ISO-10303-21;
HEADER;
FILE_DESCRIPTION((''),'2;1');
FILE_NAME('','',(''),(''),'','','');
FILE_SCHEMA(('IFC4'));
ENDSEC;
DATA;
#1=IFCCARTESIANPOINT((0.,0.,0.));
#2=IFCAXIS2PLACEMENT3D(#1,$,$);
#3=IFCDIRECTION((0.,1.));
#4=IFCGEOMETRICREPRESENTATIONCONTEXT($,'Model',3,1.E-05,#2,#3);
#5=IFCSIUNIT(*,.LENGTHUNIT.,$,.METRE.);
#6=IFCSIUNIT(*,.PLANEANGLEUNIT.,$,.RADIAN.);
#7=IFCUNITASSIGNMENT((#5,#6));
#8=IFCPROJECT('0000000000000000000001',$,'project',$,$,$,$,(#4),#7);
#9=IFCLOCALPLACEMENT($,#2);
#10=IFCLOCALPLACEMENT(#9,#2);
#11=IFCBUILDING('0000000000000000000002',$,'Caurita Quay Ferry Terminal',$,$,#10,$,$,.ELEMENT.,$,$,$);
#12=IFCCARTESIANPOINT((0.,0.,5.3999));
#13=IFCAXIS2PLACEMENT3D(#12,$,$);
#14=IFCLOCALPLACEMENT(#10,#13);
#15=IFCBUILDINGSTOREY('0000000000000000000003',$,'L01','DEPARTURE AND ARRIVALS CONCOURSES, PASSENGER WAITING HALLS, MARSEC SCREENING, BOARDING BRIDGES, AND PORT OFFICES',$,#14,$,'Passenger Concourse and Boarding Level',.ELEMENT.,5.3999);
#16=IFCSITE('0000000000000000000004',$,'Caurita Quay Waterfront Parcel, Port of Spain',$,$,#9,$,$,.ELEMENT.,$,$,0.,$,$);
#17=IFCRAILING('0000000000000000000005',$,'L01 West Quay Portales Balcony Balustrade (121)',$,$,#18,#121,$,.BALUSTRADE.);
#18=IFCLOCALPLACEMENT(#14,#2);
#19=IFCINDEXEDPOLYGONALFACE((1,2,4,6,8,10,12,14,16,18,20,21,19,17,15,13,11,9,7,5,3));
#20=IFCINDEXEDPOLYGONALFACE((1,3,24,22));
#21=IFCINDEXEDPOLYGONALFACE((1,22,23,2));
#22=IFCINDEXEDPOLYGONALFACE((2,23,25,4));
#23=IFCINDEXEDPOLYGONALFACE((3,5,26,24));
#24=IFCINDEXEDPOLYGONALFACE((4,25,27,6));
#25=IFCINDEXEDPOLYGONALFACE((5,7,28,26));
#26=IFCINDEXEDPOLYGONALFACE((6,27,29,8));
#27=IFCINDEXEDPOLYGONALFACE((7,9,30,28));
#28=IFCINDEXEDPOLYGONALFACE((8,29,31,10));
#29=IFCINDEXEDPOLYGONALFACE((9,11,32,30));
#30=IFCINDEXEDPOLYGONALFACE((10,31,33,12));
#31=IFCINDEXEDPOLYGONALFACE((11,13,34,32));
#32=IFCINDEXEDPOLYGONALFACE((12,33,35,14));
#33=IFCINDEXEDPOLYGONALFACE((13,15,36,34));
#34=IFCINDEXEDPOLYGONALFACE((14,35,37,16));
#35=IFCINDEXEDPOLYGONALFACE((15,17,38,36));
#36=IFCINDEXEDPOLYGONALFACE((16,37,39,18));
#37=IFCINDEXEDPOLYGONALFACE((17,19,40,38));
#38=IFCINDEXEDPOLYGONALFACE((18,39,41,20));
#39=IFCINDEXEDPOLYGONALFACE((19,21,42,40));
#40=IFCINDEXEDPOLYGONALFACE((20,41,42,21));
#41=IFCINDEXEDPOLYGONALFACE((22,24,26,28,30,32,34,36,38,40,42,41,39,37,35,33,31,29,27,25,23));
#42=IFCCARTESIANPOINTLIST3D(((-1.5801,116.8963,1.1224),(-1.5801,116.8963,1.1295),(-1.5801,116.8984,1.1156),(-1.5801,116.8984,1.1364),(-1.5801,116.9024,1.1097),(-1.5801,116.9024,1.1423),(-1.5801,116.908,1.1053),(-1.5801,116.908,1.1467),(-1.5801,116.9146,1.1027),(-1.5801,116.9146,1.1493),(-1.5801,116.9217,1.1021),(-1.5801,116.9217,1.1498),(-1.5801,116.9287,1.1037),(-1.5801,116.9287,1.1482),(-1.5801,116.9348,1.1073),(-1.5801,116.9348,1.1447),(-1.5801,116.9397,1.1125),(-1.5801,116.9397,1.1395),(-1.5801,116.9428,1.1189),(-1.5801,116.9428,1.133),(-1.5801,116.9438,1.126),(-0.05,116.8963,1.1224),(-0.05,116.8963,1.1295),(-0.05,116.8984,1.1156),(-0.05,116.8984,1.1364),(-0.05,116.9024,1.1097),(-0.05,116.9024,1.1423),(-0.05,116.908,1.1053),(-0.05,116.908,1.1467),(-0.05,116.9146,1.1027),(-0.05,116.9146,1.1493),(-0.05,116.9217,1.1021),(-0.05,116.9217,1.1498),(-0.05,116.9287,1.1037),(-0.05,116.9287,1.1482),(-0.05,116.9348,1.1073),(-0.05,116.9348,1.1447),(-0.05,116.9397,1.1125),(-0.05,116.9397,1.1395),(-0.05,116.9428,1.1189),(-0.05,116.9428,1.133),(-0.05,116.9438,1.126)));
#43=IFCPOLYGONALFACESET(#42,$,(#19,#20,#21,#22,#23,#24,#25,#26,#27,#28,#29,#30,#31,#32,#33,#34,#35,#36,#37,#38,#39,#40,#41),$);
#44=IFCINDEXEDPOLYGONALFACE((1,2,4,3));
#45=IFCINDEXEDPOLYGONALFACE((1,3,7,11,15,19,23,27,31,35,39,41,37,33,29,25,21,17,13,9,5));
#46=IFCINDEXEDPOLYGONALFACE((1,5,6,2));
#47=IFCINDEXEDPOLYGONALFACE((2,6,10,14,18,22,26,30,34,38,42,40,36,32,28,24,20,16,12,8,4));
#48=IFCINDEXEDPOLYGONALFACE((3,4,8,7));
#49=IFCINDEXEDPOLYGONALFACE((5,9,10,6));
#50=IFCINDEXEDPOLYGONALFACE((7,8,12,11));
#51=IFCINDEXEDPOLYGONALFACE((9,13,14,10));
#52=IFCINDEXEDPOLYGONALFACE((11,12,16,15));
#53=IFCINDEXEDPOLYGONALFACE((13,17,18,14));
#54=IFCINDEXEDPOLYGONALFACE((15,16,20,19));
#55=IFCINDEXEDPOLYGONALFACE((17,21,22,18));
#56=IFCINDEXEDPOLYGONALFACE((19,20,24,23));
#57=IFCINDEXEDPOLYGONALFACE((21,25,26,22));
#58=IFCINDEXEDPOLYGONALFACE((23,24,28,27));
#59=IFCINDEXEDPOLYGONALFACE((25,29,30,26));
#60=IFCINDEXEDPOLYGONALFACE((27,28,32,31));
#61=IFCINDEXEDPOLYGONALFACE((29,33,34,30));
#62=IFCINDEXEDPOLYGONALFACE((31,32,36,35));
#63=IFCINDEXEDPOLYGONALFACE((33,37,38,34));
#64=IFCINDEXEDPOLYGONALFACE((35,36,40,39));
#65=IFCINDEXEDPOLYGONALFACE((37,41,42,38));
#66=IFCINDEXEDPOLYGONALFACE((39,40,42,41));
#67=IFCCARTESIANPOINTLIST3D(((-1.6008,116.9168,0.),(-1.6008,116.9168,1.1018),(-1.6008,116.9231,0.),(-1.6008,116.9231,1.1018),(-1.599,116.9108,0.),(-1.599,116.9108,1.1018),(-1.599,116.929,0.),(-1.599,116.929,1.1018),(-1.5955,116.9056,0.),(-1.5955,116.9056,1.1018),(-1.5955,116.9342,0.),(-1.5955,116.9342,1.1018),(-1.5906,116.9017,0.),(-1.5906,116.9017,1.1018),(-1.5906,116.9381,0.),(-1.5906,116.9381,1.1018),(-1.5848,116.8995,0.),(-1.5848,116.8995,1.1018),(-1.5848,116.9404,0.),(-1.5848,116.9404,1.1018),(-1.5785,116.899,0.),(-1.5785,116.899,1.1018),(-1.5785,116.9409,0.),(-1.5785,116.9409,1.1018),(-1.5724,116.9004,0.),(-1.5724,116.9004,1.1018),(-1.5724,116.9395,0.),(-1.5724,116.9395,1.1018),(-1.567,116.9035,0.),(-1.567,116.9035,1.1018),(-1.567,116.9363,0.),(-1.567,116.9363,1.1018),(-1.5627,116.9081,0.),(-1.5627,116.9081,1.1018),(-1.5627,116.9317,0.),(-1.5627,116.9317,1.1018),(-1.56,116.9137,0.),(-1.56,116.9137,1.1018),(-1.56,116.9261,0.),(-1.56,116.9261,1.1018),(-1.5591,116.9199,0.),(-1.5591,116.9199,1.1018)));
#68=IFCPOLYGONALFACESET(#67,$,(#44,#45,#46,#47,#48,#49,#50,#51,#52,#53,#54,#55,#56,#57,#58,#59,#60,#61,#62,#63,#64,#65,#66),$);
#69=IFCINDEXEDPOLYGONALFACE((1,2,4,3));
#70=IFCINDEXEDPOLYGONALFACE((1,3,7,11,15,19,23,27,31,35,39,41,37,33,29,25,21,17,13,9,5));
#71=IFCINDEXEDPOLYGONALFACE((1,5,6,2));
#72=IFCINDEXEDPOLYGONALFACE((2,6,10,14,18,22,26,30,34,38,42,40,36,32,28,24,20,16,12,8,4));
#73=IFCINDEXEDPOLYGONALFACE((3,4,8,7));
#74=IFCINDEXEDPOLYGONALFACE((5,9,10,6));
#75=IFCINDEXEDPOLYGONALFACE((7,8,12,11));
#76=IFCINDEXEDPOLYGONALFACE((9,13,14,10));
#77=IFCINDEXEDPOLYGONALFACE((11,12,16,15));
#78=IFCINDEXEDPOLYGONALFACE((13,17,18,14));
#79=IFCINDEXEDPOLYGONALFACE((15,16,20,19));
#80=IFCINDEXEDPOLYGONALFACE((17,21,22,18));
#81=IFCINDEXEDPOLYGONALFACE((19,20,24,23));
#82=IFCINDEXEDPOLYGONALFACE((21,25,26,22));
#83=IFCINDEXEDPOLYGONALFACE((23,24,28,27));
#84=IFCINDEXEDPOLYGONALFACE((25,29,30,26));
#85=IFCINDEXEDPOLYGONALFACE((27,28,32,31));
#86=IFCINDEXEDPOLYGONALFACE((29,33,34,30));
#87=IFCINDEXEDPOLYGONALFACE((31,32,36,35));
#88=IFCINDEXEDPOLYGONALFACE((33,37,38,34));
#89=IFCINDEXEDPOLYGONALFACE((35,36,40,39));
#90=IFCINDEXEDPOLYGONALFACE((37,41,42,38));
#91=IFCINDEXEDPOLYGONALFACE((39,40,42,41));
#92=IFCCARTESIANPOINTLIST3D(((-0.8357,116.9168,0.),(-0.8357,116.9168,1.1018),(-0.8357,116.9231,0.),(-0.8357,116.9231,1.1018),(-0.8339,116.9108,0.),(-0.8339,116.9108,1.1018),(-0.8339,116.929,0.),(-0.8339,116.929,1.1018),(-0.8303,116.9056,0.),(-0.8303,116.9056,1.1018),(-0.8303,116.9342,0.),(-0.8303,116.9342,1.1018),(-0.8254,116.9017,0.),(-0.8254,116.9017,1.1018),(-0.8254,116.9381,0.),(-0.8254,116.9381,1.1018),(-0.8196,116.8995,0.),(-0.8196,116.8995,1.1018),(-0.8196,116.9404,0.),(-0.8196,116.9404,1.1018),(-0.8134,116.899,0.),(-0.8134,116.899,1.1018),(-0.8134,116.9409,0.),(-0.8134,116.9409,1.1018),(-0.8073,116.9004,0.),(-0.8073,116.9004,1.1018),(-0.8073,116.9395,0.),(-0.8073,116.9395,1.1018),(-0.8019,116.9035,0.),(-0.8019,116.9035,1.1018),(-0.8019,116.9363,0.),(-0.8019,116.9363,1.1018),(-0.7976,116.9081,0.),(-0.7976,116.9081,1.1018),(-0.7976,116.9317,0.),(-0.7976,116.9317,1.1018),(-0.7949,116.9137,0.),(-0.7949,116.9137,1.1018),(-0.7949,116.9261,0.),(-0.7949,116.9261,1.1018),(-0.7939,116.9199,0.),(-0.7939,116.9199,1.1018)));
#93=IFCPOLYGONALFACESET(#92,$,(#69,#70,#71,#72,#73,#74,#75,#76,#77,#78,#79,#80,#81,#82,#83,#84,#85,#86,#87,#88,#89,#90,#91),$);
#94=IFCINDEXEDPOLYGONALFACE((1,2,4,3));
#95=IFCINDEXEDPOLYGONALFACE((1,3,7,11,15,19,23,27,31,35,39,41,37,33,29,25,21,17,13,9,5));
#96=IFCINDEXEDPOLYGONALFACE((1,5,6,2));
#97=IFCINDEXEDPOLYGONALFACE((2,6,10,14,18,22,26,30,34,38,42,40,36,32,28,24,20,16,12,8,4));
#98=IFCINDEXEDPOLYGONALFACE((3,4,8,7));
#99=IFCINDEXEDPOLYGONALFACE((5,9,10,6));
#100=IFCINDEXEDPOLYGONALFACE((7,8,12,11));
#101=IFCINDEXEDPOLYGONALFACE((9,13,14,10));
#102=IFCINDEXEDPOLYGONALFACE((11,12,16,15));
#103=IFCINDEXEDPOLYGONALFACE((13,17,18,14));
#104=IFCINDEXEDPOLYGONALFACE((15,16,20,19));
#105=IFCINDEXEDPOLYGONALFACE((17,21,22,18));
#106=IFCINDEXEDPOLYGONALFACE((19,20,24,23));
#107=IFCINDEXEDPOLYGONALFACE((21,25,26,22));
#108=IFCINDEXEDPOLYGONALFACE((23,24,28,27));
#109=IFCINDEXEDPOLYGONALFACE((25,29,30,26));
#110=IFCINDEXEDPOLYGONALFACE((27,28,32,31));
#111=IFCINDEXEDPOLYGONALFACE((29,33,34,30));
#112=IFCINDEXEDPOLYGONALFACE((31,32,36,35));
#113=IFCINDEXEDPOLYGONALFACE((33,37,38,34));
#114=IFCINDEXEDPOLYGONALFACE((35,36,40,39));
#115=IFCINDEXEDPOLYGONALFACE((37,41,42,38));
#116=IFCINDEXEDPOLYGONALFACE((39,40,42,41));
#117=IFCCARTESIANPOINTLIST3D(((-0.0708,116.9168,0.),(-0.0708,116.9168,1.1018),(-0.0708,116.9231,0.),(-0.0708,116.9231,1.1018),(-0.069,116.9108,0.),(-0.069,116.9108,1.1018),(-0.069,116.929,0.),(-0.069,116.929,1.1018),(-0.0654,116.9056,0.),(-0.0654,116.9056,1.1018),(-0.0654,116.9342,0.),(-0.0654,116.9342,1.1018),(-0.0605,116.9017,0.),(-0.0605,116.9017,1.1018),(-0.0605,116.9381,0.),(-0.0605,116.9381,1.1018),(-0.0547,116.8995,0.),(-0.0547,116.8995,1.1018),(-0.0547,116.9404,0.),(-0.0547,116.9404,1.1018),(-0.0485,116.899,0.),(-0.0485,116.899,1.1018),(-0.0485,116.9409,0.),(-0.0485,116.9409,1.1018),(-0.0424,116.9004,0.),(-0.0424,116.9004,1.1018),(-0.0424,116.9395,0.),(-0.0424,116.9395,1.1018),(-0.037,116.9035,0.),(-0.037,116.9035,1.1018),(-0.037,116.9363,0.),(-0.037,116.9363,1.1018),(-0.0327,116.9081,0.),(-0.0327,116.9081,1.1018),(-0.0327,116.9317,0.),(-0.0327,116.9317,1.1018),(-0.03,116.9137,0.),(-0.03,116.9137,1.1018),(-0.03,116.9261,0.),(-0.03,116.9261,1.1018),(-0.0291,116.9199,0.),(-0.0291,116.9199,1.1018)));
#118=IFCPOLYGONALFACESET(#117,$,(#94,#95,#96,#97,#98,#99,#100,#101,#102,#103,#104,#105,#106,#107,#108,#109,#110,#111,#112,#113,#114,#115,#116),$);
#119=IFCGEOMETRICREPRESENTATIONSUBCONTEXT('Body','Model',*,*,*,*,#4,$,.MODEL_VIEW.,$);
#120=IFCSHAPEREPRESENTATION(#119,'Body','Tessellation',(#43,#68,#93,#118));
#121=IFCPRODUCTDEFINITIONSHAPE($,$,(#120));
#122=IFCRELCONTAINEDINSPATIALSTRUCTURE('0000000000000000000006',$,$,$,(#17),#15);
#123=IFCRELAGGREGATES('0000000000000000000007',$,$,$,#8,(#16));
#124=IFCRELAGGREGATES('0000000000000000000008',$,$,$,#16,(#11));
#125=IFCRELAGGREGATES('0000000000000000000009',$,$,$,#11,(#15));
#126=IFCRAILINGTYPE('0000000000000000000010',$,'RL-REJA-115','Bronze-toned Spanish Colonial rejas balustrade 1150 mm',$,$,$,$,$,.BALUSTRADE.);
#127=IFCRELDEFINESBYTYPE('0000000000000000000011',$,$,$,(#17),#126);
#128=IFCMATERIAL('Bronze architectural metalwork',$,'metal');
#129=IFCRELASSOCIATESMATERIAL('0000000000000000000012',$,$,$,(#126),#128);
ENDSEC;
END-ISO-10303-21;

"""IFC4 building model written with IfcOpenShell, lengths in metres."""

from ifc_helpers import new_model, si_unit, direction, frame, origin, origin_2d, place, context, subcontext, project, spatial, circle, extrude, material, type_object, element, save


model = new_model("IFC4")

# Units and contexts
model_context = context("Model", 3, precision=1e-05, world=origin(), true_north=direction((0.0, 1.0)))
body_context = subcontext(model_context, "Body", "Model", "MODEL_VIEW")
ifc_project = project(units=[si_unit("LENGTHUNIT", "METRE"), si_unit("PLANEANGLEUNIT", "RADIAN")], contexts=[model_context])

# Site, building, storey
site_placement = place(None, origin())
site = spatial("IfcSite", under=ifc_project, at=site_placement, Name="Caurita Quay Waterfront Parcel, Port of Spain", CompositionType="ELEMENT", RefElevation=0.0)
building_placement = place(site_placement, origin())
building = spatial("IfcBuilding", under=site, at=building_placement, Name="Caurita Quay Ferry Terminal", CompositionType="ELEMENT")
storey_placement = place(building_placement, frame((0.0, 0.0, 5.3999)))
storey = spatial("IfcBuildingStorey", under=building, at=storey_placement, Name="L01", Description="DEPARTURE AND ARRIVALS CONCOURSES, PASSENGER WAITING HALLS, MARSEC SCREENING, BOARDING BRIDGES, AND PORT OFFICES", LongName="Passenger Concourse and Boarding Level", CompositionType="ELEMENT", Elevation=5.3999)

# Railing
ifc_material_1 = material(Name="Bronze architectural metalwork", Category="metal")
railing_type_1 = type_object("IfcRailingType", Name="RL-REJA-115", Description="Bronze-toned Spanish Colonial rejas balustrade 1150 mm", PredefinedType="BALUSTRADE", material=ifc_material_1)
railing_1_placement = place(storey_placement, frame((-1.5801, 116.9199, 0.0)))
element("IfcRailing", 1, at=railing_1_placement, inside=storey, type_object=railing_type_1, Name="L01 West Quay Portales Balcony Balustrade (121)", PredefinedType="BALUSTRADE", context=body_context, shape_type="SweptSolid", body=[
    extrude(circle(Radius=0.0239, at=origin_2d()), frame((0.0, 0.0, 1.126), z_axis=(1.0, 0.0, 0.0), x_axis=(0.0, 1.0, 0.0)), (0.0, 0.0, 1.0), 1.53),
    extrude(circle(Radius=0.021, at=origin_2d()), origin(), (0.0, 0.0, 1.0), 1.1018),
    extrude(circle(Radius=0.021, at=origin_2d()), frame((0.7651, 0.0, 0.0)), (0.0, 0.0, 1.0), 1.1018),
    extrude(circle(Radius=0.021, at=origin_2d()), frame((1.53, 0.0, 0.0)), (0.0, 0.0, 1.0), 1.1018),
])

save(model, "model.ifc")
